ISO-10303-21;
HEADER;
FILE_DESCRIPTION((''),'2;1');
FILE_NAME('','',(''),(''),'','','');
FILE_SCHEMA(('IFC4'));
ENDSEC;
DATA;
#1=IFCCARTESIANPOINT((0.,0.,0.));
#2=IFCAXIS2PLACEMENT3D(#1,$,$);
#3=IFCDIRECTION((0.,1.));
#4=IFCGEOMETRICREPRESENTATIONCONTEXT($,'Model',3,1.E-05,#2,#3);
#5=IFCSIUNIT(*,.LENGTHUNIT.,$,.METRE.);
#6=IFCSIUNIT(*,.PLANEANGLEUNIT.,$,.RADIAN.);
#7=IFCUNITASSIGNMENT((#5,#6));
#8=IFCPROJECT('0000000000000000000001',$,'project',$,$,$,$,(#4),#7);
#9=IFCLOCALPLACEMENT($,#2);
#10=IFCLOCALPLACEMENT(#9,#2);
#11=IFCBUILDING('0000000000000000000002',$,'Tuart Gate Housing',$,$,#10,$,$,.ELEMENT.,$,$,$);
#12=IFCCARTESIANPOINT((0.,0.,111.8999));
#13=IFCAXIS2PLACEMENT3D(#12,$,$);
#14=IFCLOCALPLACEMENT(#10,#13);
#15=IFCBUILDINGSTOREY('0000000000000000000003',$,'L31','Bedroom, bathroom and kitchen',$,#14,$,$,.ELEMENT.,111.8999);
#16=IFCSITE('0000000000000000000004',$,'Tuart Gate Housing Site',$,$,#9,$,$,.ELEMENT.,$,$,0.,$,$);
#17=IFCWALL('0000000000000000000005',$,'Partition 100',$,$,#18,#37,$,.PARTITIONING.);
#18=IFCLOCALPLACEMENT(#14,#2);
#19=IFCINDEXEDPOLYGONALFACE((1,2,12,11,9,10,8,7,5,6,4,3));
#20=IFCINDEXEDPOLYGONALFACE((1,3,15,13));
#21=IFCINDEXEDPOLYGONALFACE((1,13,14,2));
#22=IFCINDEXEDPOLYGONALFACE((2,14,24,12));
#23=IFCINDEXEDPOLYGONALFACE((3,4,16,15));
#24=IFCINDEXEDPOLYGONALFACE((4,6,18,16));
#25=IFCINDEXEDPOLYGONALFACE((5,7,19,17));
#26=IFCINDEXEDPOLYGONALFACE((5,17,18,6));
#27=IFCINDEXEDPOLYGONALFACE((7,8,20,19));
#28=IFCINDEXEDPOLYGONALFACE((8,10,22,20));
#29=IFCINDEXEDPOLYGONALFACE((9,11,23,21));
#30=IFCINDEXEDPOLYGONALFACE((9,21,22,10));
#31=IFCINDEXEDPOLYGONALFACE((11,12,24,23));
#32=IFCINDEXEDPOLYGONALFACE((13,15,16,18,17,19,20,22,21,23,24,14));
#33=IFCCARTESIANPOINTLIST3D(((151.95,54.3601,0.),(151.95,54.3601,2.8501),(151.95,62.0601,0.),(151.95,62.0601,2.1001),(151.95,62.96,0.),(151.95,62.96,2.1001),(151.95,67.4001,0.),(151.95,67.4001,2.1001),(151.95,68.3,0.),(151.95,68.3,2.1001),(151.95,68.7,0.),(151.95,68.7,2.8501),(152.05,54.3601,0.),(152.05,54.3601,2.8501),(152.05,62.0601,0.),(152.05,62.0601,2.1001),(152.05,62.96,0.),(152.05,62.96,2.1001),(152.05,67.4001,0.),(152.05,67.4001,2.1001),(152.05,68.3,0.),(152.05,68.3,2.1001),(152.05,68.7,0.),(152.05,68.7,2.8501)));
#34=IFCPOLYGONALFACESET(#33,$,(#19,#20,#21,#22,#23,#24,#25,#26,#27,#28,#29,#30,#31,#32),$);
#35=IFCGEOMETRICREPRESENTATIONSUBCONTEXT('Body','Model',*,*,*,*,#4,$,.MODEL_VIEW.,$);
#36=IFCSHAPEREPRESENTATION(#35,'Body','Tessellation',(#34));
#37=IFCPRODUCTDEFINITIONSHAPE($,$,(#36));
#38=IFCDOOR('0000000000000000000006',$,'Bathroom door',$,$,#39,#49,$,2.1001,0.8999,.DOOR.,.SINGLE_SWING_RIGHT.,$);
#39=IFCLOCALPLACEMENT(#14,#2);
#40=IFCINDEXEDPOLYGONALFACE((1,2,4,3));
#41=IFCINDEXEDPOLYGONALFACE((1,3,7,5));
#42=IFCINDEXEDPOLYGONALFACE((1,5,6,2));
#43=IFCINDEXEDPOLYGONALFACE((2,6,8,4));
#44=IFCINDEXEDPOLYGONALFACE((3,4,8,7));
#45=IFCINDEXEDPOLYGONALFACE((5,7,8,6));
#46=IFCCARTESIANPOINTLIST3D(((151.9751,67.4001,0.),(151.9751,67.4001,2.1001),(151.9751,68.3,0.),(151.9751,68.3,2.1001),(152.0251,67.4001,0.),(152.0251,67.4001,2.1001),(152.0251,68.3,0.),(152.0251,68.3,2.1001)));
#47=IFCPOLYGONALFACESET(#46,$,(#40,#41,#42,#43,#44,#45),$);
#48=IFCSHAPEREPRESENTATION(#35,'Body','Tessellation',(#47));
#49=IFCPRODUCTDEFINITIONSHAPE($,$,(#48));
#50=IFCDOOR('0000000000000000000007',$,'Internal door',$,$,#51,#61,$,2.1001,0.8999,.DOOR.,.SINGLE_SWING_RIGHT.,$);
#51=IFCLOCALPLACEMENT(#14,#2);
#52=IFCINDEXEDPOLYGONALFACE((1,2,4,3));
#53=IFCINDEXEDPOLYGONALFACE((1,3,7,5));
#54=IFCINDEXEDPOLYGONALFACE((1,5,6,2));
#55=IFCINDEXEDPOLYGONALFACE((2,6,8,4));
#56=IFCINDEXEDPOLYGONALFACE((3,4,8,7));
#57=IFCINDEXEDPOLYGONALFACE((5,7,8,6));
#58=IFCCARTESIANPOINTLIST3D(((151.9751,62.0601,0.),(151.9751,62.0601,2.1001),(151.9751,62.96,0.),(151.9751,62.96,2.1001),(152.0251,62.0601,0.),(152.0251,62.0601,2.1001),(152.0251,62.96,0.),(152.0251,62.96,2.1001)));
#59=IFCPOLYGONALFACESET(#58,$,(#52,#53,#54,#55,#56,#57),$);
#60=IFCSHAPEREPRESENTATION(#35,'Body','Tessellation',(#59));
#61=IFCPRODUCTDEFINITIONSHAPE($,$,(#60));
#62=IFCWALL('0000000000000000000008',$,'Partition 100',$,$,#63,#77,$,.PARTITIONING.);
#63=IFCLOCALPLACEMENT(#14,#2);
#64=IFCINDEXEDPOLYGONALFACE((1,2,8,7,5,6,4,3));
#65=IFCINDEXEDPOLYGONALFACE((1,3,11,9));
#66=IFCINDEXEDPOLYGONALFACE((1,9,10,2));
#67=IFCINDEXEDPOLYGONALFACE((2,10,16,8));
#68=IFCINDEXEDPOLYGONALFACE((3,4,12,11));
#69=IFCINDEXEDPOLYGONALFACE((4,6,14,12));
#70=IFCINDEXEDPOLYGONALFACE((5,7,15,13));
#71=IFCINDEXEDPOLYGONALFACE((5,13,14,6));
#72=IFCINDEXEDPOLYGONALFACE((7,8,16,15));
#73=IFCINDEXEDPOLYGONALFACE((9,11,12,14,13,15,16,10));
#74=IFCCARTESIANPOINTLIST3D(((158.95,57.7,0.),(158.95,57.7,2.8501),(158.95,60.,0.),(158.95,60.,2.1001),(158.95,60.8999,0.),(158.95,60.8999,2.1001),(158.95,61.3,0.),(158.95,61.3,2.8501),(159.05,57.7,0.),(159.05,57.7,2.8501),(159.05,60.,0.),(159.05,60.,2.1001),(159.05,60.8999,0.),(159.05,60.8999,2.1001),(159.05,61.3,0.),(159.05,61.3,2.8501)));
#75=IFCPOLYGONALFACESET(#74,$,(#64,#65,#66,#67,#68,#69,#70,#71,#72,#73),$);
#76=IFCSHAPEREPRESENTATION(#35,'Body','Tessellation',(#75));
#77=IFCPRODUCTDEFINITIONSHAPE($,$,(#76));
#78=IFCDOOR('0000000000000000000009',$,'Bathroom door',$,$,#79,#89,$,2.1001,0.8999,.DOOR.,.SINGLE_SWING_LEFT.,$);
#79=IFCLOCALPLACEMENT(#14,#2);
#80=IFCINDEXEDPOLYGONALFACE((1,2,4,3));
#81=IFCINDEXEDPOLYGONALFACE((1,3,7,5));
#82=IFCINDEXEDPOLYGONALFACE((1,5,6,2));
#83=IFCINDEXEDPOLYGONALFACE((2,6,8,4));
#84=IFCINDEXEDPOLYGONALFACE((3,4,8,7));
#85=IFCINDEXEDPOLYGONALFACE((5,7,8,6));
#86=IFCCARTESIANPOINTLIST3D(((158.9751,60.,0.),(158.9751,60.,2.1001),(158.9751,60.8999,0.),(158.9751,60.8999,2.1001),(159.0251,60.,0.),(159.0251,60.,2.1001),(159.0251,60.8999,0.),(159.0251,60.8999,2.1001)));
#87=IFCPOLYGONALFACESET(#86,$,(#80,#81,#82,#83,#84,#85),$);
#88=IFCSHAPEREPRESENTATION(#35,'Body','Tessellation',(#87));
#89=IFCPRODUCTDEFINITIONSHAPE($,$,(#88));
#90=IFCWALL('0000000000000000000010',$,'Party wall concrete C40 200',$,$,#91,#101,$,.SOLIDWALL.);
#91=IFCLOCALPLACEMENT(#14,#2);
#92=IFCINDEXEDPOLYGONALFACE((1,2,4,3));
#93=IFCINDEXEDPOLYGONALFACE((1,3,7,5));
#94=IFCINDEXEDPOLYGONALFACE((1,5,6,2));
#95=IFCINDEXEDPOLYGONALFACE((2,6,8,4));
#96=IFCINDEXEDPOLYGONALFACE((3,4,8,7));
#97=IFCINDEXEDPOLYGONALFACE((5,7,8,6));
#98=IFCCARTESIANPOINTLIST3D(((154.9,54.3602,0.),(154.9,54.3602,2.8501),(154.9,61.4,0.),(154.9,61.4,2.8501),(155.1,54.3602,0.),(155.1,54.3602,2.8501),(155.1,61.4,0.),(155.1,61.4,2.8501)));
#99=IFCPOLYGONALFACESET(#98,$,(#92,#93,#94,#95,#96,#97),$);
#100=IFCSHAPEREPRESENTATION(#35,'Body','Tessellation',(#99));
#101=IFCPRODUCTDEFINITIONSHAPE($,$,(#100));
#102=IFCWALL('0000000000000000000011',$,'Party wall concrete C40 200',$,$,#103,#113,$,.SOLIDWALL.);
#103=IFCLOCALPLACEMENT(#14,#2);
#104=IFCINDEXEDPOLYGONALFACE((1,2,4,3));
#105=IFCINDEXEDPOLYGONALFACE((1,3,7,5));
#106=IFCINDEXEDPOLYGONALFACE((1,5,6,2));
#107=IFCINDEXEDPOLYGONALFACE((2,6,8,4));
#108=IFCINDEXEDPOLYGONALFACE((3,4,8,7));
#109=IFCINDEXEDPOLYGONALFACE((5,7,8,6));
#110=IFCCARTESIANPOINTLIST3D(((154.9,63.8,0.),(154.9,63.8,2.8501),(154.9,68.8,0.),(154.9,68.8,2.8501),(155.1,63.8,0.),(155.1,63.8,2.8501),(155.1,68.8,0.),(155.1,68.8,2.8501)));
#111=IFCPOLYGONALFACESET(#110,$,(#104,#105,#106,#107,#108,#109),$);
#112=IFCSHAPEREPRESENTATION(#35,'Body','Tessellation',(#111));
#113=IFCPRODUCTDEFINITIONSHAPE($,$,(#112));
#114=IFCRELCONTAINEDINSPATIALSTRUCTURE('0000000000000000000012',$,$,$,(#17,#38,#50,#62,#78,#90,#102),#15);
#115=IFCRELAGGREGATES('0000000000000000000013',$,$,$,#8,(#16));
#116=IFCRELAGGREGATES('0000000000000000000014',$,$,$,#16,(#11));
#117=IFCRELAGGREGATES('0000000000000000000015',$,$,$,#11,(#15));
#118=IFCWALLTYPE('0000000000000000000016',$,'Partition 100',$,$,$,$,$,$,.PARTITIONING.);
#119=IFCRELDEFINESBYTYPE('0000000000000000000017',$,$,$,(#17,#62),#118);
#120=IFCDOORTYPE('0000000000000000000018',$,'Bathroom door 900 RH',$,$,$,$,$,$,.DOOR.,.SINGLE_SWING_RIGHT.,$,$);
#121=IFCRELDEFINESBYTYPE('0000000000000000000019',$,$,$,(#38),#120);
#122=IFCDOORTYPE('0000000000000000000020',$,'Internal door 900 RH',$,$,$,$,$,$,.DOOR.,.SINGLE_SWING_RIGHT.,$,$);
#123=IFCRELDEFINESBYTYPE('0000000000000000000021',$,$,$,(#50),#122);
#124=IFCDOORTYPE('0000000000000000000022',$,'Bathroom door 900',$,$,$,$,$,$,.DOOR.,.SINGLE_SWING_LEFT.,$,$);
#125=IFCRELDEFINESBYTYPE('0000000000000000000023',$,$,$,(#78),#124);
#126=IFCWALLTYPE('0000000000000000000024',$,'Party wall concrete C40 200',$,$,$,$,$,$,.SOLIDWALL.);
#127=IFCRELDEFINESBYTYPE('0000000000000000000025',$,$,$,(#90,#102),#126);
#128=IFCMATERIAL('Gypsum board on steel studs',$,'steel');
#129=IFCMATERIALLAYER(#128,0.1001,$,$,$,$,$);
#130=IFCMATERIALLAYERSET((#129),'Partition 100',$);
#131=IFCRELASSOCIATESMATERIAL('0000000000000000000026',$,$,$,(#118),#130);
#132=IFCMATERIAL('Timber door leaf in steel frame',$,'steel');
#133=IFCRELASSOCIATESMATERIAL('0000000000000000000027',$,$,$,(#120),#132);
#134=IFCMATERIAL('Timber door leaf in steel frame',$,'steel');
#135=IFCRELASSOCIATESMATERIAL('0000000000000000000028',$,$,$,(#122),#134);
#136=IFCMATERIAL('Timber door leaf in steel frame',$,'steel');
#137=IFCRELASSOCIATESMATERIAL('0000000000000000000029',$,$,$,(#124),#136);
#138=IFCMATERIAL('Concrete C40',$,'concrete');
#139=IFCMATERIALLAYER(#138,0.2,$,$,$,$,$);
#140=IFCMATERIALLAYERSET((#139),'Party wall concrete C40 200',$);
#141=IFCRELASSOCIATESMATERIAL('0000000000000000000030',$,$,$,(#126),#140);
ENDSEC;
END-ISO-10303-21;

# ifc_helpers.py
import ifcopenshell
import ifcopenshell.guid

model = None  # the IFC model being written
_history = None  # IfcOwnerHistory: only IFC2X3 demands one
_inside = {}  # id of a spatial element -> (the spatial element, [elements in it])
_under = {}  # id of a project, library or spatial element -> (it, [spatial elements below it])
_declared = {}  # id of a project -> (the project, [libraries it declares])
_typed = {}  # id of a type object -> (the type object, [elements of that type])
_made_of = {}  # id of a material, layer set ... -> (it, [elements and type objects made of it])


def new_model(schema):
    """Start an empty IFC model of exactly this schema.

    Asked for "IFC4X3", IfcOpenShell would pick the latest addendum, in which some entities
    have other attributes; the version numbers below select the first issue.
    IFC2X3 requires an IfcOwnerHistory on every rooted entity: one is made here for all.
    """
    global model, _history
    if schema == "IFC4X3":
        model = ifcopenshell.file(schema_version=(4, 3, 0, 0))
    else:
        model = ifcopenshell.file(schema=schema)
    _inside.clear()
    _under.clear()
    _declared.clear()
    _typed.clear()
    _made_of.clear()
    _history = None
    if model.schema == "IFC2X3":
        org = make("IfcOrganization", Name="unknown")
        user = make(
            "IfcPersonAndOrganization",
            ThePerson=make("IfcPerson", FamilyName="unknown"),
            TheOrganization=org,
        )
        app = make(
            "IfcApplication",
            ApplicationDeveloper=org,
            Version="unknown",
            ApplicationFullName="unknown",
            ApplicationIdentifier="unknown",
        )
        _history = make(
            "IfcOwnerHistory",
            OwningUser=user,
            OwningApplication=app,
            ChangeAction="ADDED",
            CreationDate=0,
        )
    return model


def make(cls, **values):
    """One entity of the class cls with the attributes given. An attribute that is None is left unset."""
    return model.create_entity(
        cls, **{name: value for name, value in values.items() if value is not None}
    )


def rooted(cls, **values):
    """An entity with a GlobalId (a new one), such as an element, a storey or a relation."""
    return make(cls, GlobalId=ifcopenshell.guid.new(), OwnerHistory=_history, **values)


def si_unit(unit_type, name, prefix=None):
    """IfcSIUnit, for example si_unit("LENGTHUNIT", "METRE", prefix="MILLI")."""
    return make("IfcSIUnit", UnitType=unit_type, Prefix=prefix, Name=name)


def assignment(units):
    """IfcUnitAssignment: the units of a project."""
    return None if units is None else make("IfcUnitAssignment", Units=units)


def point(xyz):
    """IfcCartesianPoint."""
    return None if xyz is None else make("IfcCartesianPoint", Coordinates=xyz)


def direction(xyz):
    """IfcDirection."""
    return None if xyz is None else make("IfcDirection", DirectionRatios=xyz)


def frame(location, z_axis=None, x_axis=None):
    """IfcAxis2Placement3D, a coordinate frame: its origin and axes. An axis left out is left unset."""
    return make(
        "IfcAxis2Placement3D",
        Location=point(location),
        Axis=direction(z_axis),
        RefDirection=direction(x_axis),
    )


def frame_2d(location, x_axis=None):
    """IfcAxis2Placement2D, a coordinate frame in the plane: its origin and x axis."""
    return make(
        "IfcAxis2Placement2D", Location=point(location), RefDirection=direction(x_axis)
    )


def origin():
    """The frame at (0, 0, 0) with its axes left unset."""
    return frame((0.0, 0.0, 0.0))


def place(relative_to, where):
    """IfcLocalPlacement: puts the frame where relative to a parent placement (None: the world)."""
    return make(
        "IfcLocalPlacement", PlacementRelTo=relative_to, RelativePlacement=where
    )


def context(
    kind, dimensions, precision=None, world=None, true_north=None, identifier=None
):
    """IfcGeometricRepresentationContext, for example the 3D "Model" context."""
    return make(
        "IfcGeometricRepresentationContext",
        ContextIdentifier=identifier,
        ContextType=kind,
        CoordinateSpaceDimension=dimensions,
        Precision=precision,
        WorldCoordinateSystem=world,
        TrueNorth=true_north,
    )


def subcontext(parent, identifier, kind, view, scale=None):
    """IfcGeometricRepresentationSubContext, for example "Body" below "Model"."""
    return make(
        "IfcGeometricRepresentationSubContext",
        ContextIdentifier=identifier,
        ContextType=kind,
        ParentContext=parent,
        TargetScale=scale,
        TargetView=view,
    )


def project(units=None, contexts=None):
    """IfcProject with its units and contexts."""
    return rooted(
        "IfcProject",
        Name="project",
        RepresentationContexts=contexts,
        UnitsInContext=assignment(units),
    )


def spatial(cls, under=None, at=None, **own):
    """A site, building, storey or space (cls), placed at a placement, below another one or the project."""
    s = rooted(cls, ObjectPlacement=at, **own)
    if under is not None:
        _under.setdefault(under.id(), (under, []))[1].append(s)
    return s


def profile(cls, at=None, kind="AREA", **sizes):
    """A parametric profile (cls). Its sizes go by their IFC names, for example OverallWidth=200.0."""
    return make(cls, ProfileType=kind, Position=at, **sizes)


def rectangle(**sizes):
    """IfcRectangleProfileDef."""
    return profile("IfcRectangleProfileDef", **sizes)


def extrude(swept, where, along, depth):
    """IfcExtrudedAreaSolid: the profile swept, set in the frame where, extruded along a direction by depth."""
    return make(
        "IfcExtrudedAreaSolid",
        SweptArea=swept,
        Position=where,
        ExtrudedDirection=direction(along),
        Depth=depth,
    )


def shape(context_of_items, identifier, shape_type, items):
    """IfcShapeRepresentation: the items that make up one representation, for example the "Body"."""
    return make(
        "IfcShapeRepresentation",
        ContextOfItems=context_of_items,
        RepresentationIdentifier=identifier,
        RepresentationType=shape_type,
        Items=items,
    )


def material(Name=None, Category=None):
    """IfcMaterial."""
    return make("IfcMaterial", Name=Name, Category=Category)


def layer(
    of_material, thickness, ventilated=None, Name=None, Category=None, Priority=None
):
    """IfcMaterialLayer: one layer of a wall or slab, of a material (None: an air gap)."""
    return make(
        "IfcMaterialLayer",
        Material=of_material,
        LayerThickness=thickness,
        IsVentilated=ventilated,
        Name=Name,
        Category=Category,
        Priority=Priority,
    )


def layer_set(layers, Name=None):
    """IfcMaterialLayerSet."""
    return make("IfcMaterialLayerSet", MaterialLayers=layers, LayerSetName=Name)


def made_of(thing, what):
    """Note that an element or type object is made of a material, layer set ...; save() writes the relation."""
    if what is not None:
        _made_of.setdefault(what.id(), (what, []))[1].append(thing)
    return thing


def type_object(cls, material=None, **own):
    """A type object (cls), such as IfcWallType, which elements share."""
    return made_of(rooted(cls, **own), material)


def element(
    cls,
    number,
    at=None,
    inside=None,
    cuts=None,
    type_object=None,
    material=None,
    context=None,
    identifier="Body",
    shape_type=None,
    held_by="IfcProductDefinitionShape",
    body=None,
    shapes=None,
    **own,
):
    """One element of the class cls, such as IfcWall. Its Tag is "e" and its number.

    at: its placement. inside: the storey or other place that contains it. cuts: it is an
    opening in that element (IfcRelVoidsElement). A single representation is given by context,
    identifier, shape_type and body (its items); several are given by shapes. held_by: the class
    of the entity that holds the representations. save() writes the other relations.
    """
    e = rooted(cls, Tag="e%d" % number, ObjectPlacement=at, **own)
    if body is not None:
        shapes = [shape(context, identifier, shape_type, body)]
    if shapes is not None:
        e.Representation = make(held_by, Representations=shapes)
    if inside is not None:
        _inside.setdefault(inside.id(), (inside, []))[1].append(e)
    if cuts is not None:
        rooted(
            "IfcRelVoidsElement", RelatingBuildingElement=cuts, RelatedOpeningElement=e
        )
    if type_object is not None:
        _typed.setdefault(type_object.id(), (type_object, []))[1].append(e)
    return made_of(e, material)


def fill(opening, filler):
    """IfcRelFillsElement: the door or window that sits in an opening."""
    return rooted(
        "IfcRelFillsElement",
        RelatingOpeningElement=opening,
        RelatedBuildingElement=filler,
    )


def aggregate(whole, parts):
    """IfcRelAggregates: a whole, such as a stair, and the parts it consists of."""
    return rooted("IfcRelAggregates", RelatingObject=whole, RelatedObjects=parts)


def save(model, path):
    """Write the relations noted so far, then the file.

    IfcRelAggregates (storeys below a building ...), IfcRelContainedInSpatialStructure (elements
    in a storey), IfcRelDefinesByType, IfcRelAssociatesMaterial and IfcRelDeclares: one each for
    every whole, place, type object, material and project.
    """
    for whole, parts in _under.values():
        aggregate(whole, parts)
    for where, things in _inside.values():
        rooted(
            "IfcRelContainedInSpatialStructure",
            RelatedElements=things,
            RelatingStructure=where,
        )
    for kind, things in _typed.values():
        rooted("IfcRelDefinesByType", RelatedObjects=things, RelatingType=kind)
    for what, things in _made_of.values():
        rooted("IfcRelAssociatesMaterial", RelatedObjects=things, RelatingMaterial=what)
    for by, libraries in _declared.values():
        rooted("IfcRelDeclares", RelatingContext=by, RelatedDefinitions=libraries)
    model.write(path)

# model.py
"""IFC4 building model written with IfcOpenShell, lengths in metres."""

from ifc_helpers import new_model, si_unit, direction, frame, frame_2d, origin, place, context, subcontext, project, spatial, rectangle, extrude, material, layer, layer_set, type_object, element, fill, save


model = new_model("IFC4")

# Units and contexts
model_context = context("Model", 3, precision=1e-05, world=origin(), true_north=direction((0.0, 1.0)))
body_context = subcontext(model_context, "Body", "Model", "MODEL_VIEW")
ifc_project = project(units=[si_unit("LENGTHUNIT", "METRE"), si_unit("PLANEANGLEUNIT", "RADIAN")], contexts=[model_context])

# Site, building, storey
site_placement = place(None, origin())
site = spatial("IfcSite", under=ifc_project, at=site_placement, Name="Tuart Gate Housing Site", CompositionType="ELEMENT", RefElevation=0.0)
building_placement = place(site_placement, origin())
building = spatial("IfcBuilding", under=site, at=building_placement, Name="Tuart Gate Housing", CompositionType="ELEMENT")
storey_placement = place(building_placement, frame((0.0, 0.0, 111.8999)))
storey = spatial("IfcBuildingStorey", under=building, at=storey_placement, Name="L31", Description="Bedroom, bathroom and kitchen", CompositionType="ELEMENT", Elevation=111.8999)

# Shared definitions
ifc_material_1 = material(Name="Gypsum board on steel studs", Category="steel")
ifc_layer_1 = layer(ifc_material_1, 0.1001)
ifc_layer_set_1 = layer_set([ifc_layer_1], Name="Partition 100")
wall_type_1 = type_object("IfcWallType", Name="Partition 100", PredefinedType="PARTITIONING", material=ifc_layer_set_1)

# Wall, openings, doors
wall_1_placement = place(storey_placement, frame((152.0, 54.3601, 0.0), z_axis=(0.0, 0.0, 1.0), x_axis=(0.0, 1.0, 0.0)))
wall_1 = element("IfcWall", 1, at=wall_1_placement, inside=storey, type_object=wall_type_1, Name="Partition 100", PredefinedType="PARTITIONING", context=body_context, shape_type="SweptSolid", body=[
    extrude(rectangle(XDim=14.3398, YDim=0.1001, at=frame_2d((7.1699, 0.0))), origin(), (0.0, 0.0, 1.0), 2.8501),
])
opening_1_placement = place(wall_1_placement, frame((7.7, 0.0, 0.0)))
opening_1 = element("IfcOpeningElement", 2, at=opening_1_placement, cuts=wall_1, PredefinedType="OPENING", context=body_context, shape_type="SweptSolid", body=[
    extrude(rectangle(XDim=0.8999, YDim=2.1001, at=frame_2d((0.45, 1.05))), frame((0.0, 0.0601, 0.0), z_axis=(0.0, -1.0, 0.0), x_axis=(1.0, 0.0, 0.0)), (0.0, 0.0, 1.0), 0.1201),
])
opening_2_placement = place(wall_1_placement, frame((13.04, 0.0, 0.0)))
opening_2 = element("IfcOpeningElement", 3, at=opening_2_placement, cuts=wall_1, PredefinedType="OPENING", context=body_context, shape_type="SweptSolid", body=[
    extrude(rectangle(XDim=0.8999, YDim=2.1001, at=frame_2d((0.45, 1.05))), frame((0.0, 0.0601, 0.0), z_axis=(0.0, -1.0, 0.0), x_axis=(1.0, 0.0, 0.0)), (0.0, 0.0, 1.0), 0.1201),
])
ifc_material_2 = material(Name="Timber door leaf in steel frame", Category="steel")
door_type_1 = type_object("IfcDoorType", Name="Bathroom door 900 RH", OperationType="SINGLE_SWING_RIGHT", PredefinedType="DOOR", material=ifc_material_2)
door_1_placement = place(opening_2_placement, origin())
door_1 = element("IfcDoor", 4, at=door_1_placement, inside=storey, type_object=door_type_1, Name="Bathroom door", OperationType="SINGLE_SWING_RIGHT", OverallHeight=2.1001, OverallWidth=0.8999, PredefinedType="DOOR", context=body_context, shape_type="SweptSolid", body=[
    extrude(rectangle(XDim=0.8999, YDim=2.1001, at=frame_2d((0.45, 1.05))), frame((0.0, 0.0249, 0.0), z_axis=(0.0, -1.0, 0.0), x_axis=(1.0, 0.0, 0.0)), (0.0, 0.0, 1.0), 0.05),
])
fill(opening_2, door_1)
ifc_material_3 = material(Name="Timber door leaf in steel frame", Category="steel")
door_type_2 = type_object("IfcDoorType", Name="Internal door 900 RH", OperationType="SINGLE_SWING_RIGHT", PredefinedType="DOOR", material=ifc_material_3)
door_2_placement = place(opening_1_placement, origin())
door_2 = element("IfcDoor", 5, at=door_2_placement, inside=storey, type_object=door_type_2, Name="Internal door", OperationType="SINGLE_SWING_RIGHT", OverallHeight=2.1001, OverallWidth=0.8999, PredefinedType="DOOR", context=body_context, shape_type="SweptSolid", body=[
    extrude(rectangle(XDim=0.8999, YDim=2.1001, at=frame_2d((0.45, 1.05))), frame((0.0, 0.0249, 0.0), z_axis=(0.0, -1.0, 0.0), x_axis=(1.0, 0.0, 0.0)), (0.0, 0.0, 1.0), 0.05),
])
fill(opening_1, door_2)

# Wall, opening, door
wall_2_placement = place(storey_placement, frame((159.0, 57.7, 0.0), z_axis=(0.0, 0.0, 1.0), x_axis=(0.0, 1.0, 0.0)))
wall_2 = element("IfcWall", 6, at=wall_2_placement, inside=storey, type_object=wall_type_1, Name="Partition 100", PredefinedType="PARTITIONING", context=body_context, shape_type="SweptSolid", body=[
    extrude(rectangle(XDim=3.6001, YDim=0.1001, at=frame_2d((1.8, 0.0))), origin(), (0.0, 0.0, 1.0), 2.8501),
])
opening_3_placement = place(wall_2_placement, frame((2.3, 0.0, 0.0)))
opening_3 = element("IfcOpeningElement", 7, at=opening_3_placement, cuts=wall_2, PredefinedType="OPENING", context=body_context, shape_type="SweptSolid", body=[
    extrude(rectangle(XDim=0.8999, YDim=2.1001, at=frame_2d((0.45, 1.05))), frame((0.0, 0.0601, 0.0), z_axis=(0.0, -1.0, 0.0), x_axis=(1.0, 0.0, 0.0)), (0.0, 0.0, 1.0), 0.1201),
])
ifc_material_4 = material(Name="Timber door leaf in steel frame", Category="steel")
door_type_3 = type_object("IfcDoorType", Name="Bathroom door 900", OperationType="SINGLE_SWING_LEFT", PredefinedType="DOOR", material=ifc_material_4)
door_3_placement = place(opening_3_placement, frame((0.8999, 0.0, 0.0), z_axis=(0.0, 0.0, 1.0), x_axis=(-1.0, 0.0, 0.0)))
door_3 = element("IfcDoor", 8, at=door_3_placement, inside=storey, type_object=door_type_3, Name="Bathroom door", OperationType="SINGLE_SWING_LEFT", OverallHeight=2.1001, OverallWidth=0.8999, PredefinedType="DOOR", context=body_context, shape_type="SweptSolid", body=[
    extrude(rectangle(XDim=0.8999, YDim=2.1001, at=frame_2d((0.45, 1.05))), frame((0.0, 0.0251, 0.0), z_axis=(0.0, -1.0, 0.0), x_axis=(1.0, 0.0, 0.0)), (0.0, 0.0, 1.0), 0.05),
])
fill(opening_3, door_3)

# Walls
ifc_material_5 = material(Name="Concrete C40", Category="concrete")
ifc_layer_2 = layer(ifc_material_5, 0.2)
ifc_layer_set_2 = layer_set([ifc_layer_2], Name="Party wall concrete C40 200")
wall_type_2 = type_object("IfcWallType", Name="Party wall concrete C40 200", PredefinedType="SOLIDWALL", material=ifc_layer_set_2)
wall_3_placement = place(storey_placement, frame((155.0, 54.3601, 0.0), z_axis=(0.0, 0.0, 1.0), x_axis=(0.0, 1.0, 0.0)))
element("IfcWall", 9, at=wall_3_placement, inside=storey, type_object=wall_type_2, Name="Party wall concrete C40 200", PredefinedType="SOLIDWALL", context=body_context, shape_type="SweptSolid", body=[
    extrude(rectangle(XDim=7.0398, YDim=0.2, at=frame_2d((3.52, 0.0))), origin(), (0.0, 0.0, 1.0), 2.8501),
])
wall_4_placement = place(storey_placement, frame((155.0, 63.8, 0.0), z_axis=(0.0, 0.0, 1.0), x_axis=(0.0, 1.0, 0.0)))
element("IfcWall", 10, at=wall_4_placement, inside=storey, type_object=wall_type_2, Name="Party wall concrete C40 200", PredefinedType="SOLIDWALL", context=body_context, shape_type="SweptSolid", body=[
    extrude(rectangle(XDim=5.0, YDim=0.2, at=frame_2d((2.5, 0.0))), origin(), (0.0, 0.0, 1.0), 2.8501),
])

save(model, "model.ifc")
